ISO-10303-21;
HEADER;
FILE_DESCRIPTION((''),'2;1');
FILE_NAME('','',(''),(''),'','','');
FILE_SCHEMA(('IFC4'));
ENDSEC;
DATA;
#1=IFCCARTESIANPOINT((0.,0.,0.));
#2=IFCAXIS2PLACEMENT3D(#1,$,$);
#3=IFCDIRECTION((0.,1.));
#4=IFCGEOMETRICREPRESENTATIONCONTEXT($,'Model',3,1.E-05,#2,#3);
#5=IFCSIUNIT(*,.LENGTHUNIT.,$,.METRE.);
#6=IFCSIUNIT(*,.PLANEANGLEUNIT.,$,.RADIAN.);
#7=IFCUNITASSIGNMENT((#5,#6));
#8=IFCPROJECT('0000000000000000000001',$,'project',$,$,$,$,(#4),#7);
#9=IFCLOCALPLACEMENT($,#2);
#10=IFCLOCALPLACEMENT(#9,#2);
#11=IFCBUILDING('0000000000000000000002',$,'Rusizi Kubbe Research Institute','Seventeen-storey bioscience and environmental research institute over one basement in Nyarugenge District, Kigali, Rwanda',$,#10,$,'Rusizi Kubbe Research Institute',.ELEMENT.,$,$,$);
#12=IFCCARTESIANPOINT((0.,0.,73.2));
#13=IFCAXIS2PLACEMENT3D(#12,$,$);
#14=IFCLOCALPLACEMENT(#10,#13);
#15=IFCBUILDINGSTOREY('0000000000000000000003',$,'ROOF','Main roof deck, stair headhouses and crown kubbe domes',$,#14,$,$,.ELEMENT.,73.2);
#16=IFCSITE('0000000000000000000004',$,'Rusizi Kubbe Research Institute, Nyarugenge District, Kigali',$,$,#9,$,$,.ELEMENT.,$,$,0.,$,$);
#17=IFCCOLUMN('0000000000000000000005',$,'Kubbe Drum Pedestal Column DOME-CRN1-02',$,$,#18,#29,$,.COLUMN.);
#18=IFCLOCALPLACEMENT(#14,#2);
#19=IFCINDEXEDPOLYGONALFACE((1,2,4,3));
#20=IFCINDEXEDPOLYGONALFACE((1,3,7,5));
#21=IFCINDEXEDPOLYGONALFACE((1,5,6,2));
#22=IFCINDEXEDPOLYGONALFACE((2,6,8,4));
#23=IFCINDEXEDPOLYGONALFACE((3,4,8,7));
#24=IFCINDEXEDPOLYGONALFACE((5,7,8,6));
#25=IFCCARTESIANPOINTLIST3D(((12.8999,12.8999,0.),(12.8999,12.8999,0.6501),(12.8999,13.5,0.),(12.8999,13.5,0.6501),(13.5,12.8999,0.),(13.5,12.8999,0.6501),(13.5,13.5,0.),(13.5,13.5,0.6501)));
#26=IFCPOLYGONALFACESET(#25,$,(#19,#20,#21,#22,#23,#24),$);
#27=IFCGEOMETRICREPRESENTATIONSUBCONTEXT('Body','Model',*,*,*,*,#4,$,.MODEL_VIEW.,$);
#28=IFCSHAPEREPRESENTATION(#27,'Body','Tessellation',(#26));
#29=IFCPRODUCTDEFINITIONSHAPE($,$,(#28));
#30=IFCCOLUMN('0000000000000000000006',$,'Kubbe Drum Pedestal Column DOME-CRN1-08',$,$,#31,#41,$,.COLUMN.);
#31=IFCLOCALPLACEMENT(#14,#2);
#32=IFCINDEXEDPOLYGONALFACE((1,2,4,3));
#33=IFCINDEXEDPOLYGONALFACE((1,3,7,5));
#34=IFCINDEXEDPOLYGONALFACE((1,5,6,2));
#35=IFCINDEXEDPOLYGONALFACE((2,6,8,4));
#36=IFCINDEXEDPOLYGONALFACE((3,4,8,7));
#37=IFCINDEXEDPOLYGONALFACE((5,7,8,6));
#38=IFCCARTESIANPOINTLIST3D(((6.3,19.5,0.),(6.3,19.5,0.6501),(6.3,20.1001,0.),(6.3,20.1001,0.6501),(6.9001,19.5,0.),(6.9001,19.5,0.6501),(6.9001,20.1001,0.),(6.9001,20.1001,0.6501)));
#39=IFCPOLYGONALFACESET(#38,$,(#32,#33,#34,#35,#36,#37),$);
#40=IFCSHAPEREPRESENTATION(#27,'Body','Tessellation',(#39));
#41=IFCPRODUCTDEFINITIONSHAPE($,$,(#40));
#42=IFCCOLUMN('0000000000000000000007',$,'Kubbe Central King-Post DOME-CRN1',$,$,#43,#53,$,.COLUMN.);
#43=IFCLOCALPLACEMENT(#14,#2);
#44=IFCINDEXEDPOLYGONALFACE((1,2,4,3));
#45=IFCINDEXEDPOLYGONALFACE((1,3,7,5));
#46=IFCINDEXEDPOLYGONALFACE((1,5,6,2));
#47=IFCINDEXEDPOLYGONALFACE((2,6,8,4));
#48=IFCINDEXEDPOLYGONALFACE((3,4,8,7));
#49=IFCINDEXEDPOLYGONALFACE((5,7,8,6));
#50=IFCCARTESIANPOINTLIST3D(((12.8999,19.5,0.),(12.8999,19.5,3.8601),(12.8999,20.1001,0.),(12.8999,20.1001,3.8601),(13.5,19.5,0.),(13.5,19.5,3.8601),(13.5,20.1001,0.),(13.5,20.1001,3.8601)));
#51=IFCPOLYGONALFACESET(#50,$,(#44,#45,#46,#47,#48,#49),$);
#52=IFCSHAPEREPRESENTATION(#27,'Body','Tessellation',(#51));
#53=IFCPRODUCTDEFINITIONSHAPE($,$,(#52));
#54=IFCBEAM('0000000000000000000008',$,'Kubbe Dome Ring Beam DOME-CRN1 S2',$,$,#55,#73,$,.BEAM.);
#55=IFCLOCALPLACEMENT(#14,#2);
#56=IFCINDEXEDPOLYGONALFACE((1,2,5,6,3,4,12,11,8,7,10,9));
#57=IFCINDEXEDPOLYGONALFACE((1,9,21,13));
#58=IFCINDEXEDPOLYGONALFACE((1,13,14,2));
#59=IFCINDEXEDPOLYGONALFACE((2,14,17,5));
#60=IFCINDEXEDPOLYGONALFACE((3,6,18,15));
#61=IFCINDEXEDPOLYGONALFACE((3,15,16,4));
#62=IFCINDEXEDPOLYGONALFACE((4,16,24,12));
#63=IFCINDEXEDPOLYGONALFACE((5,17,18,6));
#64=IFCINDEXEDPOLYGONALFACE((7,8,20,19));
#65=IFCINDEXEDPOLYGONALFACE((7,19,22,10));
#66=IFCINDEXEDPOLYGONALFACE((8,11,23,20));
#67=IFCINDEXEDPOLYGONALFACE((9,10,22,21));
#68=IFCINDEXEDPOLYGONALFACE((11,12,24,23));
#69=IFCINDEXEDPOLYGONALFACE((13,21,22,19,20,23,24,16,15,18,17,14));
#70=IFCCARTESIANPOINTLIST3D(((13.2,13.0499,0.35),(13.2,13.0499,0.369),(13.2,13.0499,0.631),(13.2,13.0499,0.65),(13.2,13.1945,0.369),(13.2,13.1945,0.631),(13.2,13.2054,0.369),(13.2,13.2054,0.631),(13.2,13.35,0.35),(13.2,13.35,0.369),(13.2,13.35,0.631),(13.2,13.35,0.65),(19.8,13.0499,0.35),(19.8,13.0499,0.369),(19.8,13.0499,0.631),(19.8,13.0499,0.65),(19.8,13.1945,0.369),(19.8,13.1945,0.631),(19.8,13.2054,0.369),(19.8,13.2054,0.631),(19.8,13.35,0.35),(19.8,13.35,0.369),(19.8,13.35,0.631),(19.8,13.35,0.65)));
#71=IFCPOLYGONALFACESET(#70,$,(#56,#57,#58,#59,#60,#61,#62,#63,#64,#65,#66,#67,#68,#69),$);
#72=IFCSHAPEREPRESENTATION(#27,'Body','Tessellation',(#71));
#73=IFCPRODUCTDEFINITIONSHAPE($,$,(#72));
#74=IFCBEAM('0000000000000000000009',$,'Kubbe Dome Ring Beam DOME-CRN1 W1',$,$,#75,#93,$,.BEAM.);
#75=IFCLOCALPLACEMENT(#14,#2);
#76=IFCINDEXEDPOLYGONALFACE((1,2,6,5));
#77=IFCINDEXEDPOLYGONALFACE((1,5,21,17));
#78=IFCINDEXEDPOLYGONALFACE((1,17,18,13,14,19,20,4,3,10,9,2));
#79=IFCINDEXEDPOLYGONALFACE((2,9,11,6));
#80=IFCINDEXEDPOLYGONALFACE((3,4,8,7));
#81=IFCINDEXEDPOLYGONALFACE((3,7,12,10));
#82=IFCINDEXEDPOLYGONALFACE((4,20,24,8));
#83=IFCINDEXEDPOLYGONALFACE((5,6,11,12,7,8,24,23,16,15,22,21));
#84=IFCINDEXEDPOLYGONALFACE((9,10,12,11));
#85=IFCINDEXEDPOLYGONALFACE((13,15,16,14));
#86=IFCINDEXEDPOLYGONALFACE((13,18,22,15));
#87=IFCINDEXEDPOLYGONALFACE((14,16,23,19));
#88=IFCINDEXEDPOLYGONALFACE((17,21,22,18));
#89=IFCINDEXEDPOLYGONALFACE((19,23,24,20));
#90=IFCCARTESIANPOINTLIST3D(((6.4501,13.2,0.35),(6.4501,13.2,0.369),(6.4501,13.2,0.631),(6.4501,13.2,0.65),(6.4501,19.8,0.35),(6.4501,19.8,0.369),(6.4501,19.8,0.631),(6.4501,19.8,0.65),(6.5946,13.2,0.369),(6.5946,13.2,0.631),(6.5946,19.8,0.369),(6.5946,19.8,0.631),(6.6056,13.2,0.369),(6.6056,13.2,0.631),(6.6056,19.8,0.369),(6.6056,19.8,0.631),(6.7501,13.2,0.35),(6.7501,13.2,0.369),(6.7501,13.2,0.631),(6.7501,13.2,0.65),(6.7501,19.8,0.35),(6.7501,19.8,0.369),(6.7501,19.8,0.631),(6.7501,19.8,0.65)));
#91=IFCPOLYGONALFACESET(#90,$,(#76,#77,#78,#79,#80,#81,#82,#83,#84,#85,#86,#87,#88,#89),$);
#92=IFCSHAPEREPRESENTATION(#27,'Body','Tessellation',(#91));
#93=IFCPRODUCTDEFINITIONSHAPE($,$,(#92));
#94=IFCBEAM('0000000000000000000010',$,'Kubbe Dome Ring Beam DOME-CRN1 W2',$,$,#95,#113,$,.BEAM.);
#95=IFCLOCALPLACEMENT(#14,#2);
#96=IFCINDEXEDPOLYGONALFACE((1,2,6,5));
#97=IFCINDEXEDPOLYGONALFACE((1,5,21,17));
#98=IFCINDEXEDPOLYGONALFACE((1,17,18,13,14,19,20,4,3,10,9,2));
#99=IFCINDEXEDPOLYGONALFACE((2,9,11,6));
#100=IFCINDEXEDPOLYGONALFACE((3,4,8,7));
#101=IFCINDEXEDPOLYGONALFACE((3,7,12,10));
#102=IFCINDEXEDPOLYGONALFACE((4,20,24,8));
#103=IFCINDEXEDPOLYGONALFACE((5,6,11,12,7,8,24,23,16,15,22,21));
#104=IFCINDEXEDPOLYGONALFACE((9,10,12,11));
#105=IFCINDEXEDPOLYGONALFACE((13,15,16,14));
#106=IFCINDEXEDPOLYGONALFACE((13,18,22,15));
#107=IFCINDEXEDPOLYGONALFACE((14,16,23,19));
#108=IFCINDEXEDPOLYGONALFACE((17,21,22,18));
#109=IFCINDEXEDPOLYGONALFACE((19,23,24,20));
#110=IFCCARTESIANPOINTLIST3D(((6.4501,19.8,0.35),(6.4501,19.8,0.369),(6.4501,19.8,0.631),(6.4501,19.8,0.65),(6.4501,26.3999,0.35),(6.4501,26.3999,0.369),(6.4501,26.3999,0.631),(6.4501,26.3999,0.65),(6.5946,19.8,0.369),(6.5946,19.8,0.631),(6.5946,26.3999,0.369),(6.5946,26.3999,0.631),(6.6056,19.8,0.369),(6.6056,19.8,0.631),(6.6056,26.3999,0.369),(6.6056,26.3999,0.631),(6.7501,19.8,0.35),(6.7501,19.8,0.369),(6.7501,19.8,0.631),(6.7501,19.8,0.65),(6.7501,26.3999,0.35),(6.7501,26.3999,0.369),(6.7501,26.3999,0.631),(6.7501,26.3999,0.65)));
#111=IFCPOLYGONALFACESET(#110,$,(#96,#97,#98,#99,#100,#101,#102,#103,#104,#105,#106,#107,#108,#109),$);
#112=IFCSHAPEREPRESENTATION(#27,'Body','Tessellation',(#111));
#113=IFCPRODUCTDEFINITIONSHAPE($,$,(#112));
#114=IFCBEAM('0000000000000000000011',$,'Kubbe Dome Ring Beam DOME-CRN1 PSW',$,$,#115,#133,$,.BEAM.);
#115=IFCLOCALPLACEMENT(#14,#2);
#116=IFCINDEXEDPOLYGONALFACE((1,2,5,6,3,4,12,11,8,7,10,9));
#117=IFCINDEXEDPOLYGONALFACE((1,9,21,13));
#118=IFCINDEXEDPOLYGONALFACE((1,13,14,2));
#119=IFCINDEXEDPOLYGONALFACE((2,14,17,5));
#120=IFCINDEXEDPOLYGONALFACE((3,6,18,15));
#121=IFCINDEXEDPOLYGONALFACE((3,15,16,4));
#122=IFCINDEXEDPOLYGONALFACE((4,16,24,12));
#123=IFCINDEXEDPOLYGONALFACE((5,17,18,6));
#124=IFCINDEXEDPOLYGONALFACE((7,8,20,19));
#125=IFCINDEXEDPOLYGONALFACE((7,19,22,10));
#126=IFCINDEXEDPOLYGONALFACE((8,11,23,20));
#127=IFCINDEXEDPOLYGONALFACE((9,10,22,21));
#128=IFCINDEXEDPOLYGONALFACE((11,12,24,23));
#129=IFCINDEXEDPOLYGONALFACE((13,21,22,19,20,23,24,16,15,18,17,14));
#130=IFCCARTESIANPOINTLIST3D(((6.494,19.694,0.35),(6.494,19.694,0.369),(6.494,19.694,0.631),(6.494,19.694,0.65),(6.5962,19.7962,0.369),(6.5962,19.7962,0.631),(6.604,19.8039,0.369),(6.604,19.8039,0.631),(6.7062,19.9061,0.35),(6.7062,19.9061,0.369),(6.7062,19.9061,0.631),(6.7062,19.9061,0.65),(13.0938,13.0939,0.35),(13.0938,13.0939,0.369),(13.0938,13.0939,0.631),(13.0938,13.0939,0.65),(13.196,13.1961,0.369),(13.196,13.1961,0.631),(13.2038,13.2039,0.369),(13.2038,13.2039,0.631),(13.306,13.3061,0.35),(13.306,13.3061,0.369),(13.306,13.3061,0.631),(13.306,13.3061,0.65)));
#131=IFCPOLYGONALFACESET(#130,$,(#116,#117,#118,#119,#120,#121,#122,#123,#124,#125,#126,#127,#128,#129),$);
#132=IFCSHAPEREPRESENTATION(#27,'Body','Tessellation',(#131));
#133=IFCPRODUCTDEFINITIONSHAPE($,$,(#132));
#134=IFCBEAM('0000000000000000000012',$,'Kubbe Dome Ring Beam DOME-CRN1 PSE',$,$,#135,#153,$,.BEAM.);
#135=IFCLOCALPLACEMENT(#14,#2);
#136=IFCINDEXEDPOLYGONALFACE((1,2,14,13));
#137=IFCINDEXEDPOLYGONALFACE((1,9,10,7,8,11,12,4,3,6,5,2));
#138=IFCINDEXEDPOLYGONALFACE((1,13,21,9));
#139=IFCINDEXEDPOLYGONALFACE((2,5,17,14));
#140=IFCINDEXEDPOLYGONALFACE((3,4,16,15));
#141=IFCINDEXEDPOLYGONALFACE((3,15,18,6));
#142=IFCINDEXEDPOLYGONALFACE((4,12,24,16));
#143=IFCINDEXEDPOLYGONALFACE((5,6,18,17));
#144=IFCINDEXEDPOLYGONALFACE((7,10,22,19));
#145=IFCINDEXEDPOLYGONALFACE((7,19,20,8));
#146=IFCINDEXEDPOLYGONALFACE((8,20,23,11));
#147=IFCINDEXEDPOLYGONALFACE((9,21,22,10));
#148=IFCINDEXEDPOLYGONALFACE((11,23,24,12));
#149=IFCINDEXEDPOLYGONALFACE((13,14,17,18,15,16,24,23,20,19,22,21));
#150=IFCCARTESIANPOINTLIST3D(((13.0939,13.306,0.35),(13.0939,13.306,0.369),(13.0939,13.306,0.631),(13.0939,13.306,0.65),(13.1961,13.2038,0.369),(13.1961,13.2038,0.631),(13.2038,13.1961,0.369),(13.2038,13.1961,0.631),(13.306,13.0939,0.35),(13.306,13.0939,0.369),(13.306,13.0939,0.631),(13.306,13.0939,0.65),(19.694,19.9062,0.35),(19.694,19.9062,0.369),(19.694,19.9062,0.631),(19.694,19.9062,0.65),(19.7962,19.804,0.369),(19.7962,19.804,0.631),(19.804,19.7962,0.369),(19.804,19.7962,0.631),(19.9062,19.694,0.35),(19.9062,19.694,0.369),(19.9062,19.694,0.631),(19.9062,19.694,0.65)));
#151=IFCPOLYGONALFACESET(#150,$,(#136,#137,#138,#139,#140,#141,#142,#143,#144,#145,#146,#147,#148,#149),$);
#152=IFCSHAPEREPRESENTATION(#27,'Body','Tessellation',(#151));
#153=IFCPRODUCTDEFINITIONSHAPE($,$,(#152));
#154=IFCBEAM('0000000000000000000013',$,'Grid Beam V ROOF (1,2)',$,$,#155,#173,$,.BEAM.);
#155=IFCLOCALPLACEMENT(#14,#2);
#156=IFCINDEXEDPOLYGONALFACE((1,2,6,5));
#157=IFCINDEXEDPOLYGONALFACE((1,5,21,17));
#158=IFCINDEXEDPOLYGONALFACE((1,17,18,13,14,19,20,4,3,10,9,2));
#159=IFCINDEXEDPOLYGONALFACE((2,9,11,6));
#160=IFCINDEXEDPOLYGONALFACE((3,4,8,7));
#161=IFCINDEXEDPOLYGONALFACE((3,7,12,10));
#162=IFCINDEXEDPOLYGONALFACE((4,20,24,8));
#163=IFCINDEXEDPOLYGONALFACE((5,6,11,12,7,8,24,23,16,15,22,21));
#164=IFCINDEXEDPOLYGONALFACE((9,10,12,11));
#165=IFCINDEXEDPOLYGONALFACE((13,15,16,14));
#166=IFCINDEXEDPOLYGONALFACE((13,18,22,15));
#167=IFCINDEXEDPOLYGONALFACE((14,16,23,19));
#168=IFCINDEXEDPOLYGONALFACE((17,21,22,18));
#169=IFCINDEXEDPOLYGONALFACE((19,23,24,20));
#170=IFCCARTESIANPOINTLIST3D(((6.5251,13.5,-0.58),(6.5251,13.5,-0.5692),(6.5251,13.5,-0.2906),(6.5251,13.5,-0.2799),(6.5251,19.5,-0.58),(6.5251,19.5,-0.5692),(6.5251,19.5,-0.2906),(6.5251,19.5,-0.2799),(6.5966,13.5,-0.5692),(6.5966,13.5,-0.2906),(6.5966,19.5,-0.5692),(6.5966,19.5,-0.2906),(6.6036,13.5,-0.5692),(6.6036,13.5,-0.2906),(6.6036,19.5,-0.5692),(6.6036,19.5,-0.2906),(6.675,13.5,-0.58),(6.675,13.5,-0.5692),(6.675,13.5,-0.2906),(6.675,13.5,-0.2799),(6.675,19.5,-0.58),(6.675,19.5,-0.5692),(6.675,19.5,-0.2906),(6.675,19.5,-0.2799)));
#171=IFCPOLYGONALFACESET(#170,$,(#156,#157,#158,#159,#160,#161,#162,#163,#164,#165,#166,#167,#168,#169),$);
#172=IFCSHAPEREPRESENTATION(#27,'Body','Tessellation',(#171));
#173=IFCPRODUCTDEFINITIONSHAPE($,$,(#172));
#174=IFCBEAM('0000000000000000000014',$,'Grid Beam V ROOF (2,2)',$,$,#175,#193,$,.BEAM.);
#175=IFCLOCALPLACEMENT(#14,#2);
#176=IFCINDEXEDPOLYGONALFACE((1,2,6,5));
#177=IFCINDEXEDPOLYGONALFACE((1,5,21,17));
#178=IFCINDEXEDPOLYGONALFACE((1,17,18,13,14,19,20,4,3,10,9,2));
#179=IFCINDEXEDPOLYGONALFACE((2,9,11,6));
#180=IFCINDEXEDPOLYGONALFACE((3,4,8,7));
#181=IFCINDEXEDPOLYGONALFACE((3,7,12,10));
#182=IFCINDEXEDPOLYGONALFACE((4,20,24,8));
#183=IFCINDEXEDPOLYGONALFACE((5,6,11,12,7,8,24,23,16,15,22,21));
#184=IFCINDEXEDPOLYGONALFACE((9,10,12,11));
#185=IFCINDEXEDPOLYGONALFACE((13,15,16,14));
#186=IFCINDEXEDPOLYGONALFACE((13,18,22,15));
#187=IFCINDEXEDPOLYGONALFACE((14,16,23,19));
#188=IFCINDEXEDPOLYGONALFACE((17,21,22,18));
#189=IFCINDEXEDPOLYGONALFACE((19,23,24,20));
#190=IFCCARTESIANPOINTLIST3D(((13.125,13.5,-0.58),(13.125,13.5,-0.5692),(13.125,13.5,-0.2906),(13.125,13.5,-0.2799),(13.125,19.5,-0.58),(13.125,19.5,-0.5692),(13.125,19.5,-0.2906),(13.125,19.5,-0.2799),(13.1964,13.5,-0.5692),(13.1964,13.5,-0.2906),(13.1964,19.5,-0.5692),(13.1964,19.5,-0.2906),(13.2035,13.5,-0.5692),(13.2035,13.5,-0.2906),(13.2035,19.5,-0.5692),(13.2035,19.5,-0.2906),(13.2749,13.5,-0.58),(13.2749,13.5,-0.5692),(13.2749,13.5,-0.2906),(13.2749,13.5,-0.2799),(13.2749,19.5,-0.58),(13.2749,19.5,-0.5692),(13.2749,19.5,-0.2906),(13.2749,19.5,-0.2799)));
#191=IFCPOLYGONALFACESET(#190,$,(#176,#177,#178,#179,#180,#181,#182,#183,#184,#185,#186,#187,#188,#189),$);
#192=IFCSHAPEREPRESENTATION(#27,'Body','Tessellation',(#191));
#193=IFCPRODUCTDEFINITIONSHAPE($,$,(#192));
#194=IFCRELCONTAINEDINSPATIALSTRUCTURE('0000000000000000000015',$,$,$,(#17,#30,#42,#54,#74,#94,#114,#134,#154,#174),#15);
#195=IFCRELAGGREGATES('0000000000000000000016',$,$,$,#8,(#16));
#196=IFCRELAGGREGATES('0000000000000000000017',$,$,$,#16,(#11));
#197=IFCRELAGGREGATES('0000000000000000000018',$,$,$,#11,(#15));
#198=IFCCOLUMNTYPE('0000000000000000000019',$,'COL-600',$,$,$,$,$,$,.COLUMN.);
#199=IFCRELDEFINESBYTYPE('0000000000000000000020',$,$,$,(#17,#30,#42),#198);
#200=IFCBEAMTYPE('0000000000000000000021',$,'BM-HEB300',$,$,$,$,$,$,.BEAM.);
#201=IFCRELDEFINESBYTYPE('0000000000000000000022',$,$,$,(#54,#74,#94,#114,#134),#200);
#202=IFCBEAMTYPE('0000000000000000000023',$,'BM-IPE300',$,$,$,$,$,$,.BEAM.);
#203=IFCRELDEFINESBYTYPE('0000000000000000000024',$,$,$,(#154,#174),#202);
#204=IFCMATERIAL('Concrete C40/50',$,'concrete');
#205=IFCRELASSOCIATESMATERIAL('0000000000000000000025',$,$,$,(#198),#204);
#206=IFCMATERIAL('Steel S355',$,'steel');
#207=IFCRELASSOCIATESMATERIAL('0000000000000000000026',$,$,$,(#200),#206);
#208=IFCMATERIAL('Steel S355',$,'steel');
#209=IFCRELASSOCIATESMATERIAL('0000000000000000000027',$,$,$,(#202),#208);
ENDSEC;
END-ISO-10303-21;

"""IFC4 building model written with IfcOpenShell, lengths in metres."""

from ifc_helpers import new_model, si_unit, direction, frame, origin, origin_2d, place, context, subcontext, project, spatial, rectangle, i_section, extrude, material, material_profile, profile_set, type_object, element, save


model = new_model("IFC4")

# Units and contexts
model_context = context("Model", 3, precision=1e-05, world=origin(), true_north=direction((0.0, 1.0)))
body_context = subcontext(model_context, "Body", "Model", "MODEL_VIEW")
ifc_project = project(units=[si_unit("LENGTHUNIT", "METRE"), si_unit("PLANEANGLEUNIT", "RADIAN")], contexts=[model_context])

# Site, building, storey
site_placement = place(None, origin())
site = spatial("IfcSite", under=ifc_project, at=site_placement, Name="Rusizi Kubbe Research Institute, Nyarugenge District, Kigali", CompositionType="ELEMENT", RefElevation=0.0)
building_placement = place(site_placement, origin())
building = spatial("IfcBuilding", under=site, at=building_placement, Name="Rusizi Kubbe Research Institute", Description="Seventeen-storey bioscience and environmental research institute over one basement in Nyarugenge District, Kigali, Rwanda", LongName="Rusizi Kubbe Research Institute", CompositionType="ELEMENT")
storey_placement = place(building_placement, frame((0.0, 0.0, 73.2)))
storey = spatial("IfcBuildingStorey", under=building, at=storey_placement, Name="ROOF", Description="Main roof deck, stair headhouses and crown kubbe domes", CompositionType="ELEMENT", Elevation=73.2)

# Columns
ifc_material_1 = material(Name="Concrete C40/50", Category="concrete")
ifc_material_profile_1 = material_profile(ifc_material_1, rectangle(XDim=0.6001, YDim=0.6001, at=origin_2d()), Name="RC600x600")
ifc_profile_set_1 = profile_set([ifc_material_profile_1], Name="Concrete C40/50")
column_type = type_object("IfcColumnType", Name="COL-600", PredefinedType="COLUMN", material=ifc_profile_set_1)
for number, where, z_axis, x_axis, name in (
    (1, (13.2, 13.2, 0.0), (0.0, 0.0, 1.0), (1.0, 0.0, 0.0), "Kubbe Drum Pedestal Column DOME-CRN1-02"),
    (2, (6.6001, 19.8, 0.0), (0.0, 0.0, 1.0), (1.0, 0.0, 0.0), "Kubbe Drum Pedestal Column DOME-CRN1-08"),
):
    element("IfcColumn", number, at=place(storey_placement, frame(where, z_axis=z_axis, x_axis=x_axis)), inside=storey, type_object=column_type, Name=name, PredefinedType="COLUMN", context=body_context, shape_type="SweptSolid", body=[
        extrude(rectangle(XDim=0.6001, YDim=0.6001, at=origin_2d()), origin(), (0.0, 0.0, 1.0), 0.6501),
    ])
column_placement = place(storey_placement, frame((13.2, 19.8, 0.0), z_axis=(0.0, 0.0, 1.0), x_axis=(1.0, 0.0, 0.0)))
element("IfcColumn", 3, at=column_placement, inside=storey, type_object=column_type, Name="Kubbe Central King-Post DOME-CRN1", PredefinedType="COLUMN", context=body_context, shape_type="SweptSolid", body=[
    extrude(rectangle(XDim=0.6001, YDim=0.6001, at=origin_2d()), origin(), (0.0, 0.0, 1.0), 3.8601),
])

# Beams
ifc_material_2 = material(Name="Steel S355", Category="steel")
ifc_material_profile_2 = material_profile(ifc_material_2, i_section(OverallWidth=0.3, OverallDepth=0.3, WebThickness=0.011, FlangeThickness=0.019, at=origin_2d()), Name="HEB 300")
ifc_profile_set_2 = profile_set([ifc_material_profile_2], Name="Steel S355")
beam_type_1 = type_object("IfcBeamType", Name="BM-HEB300", PredefinedType="BEAM", material=ifc_profile_set_2)
for number, where, z_axis, x_axis, name in (
    (4, (13.2, 13.2, 0.5), (1.0, 0.0, 0.0), (0.0, 1.0, 0.0), "Kubbe Dome Ring Beam DOME-CRN1 S2"),
    (5, (6.6001, 13.2, 0.5), (0.0, 1.0, 0.0), (-1.0, 0.0, 0.0), "Kubbe Dome Ring Beam DOME-CRN1 W1"),
):
    element("IfcBeam", number, at=place(storey_placement, frame(where, z_axis=z_axis, x_axis=x_axis)), inside=storey, type_object=beam_type_1, Name=name, PredefinedType="BEAM", context=body_context, shape_type="SweptSolid", body=[
        extrude(i_section(OverallWidth=0.3, OverallDepth=0.3, WebThickness=0.011, FlangeThickness=0.019, at=origin_2d()), origin(), (0.0, 0.0, 1.0), 6.6001),
    ])
beam_1_placement = place(storey_placement, frame((6.6001, 19.8, 0.5), z_axis=(0.0, 1.0, 0.0), x_axis=(-1.0, 0.0, 0.0)))
element("IfcBeam", 6, at=beam_1_placement, inside=storey, type_object=beam_type_1, Name="Kubbe Dome Ring Beam DOME-CRN1 W2", PredefinedType="BEAM", context=body_context, shape_type="SweptSolid", body=[
    extrude(i_section(OverallWidth=0.3, OverallDepth=0.3, WebThickness=0.011, FlangeThickness=0.019, at=origin_2d()), origin(), (0.0, 0.0, 1.0), 6.5999),
])
beam_2_placement = place(storey_placement, frame((6.6001, 19.8, 0.5), z_axis=(0.707094, -0.70712, 0.0), x_axis=(0.70712, 0.707094, 0.0)))
element("IfcBeam", 7, at=beam_2_placement, inside=storey, type_object=beam_type_1, Name="Kubbe Dome Ring Beam DOME-CRN1 PSW", PredefinedType="BEAM", context=body_context, shape_type="SweptSolid", body=[
    extrude(i_section(OverallWidth=0.3, OverallDepth=0.3, WebThickness=0.011, FlangeThickness=0.019, at=origin_2d()), origin(), (0.0, 0.0, 1.0), 9.3337),
])
beam_3_placement = place(storey_placement, frame((13.2, 13.2, 0.5), z_axis=(0.707107, 0.707107, 0.0), x_axis=(-0.707107, 0.707107, 0.0)))
element("IfcBeam", 8, at=beam_3_placement, inside=storey, type_object=beam_type_1, Name="Kubbe Dome Ring Beam DOME-CRN1 PSE", PredefinedType="BEAM", context=body_context, shape_type="SweptSolid", body=[
    extrude(i_section(OverallWidth=0.3, OverallDepth=0.3, WebThickness=0.011, FlangeThickness=0.019, at=origin_2d()), origin(), (0.0, 0.0, 1.0), 9.334),
])
ifc_material_3 = material(Name="Steel S355", Category="steel")
ifc_material_profile_3 = material_profile(ifc_material_3, i_section(OverallWidth=0.1499, OverallDepth=0.3, WebThickness=0.0071, FlangeThickness=0.0107, at=origin_2d()), Name="IPE 300")
ifc_profile_set_3 = profile_set([ifc_material_profile_3], Name="Steel S355")
beam_type_2 = type_object("IfcBeamType", Name="BM-IPE300", PredefinedType="BEAM", material=ifc_profile_set_3)
for number, where, z_axis, x_axis, name in (
    (9, (6.6001, 13.5, -0.4299), (0.0, 1.0, 0.0), (-1.0, 0.0, 0.0), "Grid Beam V ROOF (1,2)"),
    (10, (13.2, 13.5, -0.4299), (0.0, 1.0, 0.0), (-1.0, 0.0, 0.0), "Grid Beam V ROOF (2,2)"),
):
    element("IfcBeam", number, at=place(storey_placement, frame(where, z_axis=z_axis, x_axis=x_axis)), inside=storey, type_object=beam_type_2, Name=name, PredefinedType="BEAM", context=body_context, shape_type="SweptSolid", body=[
        extrude(i_section(OverallWidth=0.1499, OverallDepth=0.3, WebThickness=0.0071, FlangeThickness=0.0107, at=origin_2d()), origin(), (0.0, 0.0, 1.0), 6.0),
    ])

save(model, "model.ifc")
